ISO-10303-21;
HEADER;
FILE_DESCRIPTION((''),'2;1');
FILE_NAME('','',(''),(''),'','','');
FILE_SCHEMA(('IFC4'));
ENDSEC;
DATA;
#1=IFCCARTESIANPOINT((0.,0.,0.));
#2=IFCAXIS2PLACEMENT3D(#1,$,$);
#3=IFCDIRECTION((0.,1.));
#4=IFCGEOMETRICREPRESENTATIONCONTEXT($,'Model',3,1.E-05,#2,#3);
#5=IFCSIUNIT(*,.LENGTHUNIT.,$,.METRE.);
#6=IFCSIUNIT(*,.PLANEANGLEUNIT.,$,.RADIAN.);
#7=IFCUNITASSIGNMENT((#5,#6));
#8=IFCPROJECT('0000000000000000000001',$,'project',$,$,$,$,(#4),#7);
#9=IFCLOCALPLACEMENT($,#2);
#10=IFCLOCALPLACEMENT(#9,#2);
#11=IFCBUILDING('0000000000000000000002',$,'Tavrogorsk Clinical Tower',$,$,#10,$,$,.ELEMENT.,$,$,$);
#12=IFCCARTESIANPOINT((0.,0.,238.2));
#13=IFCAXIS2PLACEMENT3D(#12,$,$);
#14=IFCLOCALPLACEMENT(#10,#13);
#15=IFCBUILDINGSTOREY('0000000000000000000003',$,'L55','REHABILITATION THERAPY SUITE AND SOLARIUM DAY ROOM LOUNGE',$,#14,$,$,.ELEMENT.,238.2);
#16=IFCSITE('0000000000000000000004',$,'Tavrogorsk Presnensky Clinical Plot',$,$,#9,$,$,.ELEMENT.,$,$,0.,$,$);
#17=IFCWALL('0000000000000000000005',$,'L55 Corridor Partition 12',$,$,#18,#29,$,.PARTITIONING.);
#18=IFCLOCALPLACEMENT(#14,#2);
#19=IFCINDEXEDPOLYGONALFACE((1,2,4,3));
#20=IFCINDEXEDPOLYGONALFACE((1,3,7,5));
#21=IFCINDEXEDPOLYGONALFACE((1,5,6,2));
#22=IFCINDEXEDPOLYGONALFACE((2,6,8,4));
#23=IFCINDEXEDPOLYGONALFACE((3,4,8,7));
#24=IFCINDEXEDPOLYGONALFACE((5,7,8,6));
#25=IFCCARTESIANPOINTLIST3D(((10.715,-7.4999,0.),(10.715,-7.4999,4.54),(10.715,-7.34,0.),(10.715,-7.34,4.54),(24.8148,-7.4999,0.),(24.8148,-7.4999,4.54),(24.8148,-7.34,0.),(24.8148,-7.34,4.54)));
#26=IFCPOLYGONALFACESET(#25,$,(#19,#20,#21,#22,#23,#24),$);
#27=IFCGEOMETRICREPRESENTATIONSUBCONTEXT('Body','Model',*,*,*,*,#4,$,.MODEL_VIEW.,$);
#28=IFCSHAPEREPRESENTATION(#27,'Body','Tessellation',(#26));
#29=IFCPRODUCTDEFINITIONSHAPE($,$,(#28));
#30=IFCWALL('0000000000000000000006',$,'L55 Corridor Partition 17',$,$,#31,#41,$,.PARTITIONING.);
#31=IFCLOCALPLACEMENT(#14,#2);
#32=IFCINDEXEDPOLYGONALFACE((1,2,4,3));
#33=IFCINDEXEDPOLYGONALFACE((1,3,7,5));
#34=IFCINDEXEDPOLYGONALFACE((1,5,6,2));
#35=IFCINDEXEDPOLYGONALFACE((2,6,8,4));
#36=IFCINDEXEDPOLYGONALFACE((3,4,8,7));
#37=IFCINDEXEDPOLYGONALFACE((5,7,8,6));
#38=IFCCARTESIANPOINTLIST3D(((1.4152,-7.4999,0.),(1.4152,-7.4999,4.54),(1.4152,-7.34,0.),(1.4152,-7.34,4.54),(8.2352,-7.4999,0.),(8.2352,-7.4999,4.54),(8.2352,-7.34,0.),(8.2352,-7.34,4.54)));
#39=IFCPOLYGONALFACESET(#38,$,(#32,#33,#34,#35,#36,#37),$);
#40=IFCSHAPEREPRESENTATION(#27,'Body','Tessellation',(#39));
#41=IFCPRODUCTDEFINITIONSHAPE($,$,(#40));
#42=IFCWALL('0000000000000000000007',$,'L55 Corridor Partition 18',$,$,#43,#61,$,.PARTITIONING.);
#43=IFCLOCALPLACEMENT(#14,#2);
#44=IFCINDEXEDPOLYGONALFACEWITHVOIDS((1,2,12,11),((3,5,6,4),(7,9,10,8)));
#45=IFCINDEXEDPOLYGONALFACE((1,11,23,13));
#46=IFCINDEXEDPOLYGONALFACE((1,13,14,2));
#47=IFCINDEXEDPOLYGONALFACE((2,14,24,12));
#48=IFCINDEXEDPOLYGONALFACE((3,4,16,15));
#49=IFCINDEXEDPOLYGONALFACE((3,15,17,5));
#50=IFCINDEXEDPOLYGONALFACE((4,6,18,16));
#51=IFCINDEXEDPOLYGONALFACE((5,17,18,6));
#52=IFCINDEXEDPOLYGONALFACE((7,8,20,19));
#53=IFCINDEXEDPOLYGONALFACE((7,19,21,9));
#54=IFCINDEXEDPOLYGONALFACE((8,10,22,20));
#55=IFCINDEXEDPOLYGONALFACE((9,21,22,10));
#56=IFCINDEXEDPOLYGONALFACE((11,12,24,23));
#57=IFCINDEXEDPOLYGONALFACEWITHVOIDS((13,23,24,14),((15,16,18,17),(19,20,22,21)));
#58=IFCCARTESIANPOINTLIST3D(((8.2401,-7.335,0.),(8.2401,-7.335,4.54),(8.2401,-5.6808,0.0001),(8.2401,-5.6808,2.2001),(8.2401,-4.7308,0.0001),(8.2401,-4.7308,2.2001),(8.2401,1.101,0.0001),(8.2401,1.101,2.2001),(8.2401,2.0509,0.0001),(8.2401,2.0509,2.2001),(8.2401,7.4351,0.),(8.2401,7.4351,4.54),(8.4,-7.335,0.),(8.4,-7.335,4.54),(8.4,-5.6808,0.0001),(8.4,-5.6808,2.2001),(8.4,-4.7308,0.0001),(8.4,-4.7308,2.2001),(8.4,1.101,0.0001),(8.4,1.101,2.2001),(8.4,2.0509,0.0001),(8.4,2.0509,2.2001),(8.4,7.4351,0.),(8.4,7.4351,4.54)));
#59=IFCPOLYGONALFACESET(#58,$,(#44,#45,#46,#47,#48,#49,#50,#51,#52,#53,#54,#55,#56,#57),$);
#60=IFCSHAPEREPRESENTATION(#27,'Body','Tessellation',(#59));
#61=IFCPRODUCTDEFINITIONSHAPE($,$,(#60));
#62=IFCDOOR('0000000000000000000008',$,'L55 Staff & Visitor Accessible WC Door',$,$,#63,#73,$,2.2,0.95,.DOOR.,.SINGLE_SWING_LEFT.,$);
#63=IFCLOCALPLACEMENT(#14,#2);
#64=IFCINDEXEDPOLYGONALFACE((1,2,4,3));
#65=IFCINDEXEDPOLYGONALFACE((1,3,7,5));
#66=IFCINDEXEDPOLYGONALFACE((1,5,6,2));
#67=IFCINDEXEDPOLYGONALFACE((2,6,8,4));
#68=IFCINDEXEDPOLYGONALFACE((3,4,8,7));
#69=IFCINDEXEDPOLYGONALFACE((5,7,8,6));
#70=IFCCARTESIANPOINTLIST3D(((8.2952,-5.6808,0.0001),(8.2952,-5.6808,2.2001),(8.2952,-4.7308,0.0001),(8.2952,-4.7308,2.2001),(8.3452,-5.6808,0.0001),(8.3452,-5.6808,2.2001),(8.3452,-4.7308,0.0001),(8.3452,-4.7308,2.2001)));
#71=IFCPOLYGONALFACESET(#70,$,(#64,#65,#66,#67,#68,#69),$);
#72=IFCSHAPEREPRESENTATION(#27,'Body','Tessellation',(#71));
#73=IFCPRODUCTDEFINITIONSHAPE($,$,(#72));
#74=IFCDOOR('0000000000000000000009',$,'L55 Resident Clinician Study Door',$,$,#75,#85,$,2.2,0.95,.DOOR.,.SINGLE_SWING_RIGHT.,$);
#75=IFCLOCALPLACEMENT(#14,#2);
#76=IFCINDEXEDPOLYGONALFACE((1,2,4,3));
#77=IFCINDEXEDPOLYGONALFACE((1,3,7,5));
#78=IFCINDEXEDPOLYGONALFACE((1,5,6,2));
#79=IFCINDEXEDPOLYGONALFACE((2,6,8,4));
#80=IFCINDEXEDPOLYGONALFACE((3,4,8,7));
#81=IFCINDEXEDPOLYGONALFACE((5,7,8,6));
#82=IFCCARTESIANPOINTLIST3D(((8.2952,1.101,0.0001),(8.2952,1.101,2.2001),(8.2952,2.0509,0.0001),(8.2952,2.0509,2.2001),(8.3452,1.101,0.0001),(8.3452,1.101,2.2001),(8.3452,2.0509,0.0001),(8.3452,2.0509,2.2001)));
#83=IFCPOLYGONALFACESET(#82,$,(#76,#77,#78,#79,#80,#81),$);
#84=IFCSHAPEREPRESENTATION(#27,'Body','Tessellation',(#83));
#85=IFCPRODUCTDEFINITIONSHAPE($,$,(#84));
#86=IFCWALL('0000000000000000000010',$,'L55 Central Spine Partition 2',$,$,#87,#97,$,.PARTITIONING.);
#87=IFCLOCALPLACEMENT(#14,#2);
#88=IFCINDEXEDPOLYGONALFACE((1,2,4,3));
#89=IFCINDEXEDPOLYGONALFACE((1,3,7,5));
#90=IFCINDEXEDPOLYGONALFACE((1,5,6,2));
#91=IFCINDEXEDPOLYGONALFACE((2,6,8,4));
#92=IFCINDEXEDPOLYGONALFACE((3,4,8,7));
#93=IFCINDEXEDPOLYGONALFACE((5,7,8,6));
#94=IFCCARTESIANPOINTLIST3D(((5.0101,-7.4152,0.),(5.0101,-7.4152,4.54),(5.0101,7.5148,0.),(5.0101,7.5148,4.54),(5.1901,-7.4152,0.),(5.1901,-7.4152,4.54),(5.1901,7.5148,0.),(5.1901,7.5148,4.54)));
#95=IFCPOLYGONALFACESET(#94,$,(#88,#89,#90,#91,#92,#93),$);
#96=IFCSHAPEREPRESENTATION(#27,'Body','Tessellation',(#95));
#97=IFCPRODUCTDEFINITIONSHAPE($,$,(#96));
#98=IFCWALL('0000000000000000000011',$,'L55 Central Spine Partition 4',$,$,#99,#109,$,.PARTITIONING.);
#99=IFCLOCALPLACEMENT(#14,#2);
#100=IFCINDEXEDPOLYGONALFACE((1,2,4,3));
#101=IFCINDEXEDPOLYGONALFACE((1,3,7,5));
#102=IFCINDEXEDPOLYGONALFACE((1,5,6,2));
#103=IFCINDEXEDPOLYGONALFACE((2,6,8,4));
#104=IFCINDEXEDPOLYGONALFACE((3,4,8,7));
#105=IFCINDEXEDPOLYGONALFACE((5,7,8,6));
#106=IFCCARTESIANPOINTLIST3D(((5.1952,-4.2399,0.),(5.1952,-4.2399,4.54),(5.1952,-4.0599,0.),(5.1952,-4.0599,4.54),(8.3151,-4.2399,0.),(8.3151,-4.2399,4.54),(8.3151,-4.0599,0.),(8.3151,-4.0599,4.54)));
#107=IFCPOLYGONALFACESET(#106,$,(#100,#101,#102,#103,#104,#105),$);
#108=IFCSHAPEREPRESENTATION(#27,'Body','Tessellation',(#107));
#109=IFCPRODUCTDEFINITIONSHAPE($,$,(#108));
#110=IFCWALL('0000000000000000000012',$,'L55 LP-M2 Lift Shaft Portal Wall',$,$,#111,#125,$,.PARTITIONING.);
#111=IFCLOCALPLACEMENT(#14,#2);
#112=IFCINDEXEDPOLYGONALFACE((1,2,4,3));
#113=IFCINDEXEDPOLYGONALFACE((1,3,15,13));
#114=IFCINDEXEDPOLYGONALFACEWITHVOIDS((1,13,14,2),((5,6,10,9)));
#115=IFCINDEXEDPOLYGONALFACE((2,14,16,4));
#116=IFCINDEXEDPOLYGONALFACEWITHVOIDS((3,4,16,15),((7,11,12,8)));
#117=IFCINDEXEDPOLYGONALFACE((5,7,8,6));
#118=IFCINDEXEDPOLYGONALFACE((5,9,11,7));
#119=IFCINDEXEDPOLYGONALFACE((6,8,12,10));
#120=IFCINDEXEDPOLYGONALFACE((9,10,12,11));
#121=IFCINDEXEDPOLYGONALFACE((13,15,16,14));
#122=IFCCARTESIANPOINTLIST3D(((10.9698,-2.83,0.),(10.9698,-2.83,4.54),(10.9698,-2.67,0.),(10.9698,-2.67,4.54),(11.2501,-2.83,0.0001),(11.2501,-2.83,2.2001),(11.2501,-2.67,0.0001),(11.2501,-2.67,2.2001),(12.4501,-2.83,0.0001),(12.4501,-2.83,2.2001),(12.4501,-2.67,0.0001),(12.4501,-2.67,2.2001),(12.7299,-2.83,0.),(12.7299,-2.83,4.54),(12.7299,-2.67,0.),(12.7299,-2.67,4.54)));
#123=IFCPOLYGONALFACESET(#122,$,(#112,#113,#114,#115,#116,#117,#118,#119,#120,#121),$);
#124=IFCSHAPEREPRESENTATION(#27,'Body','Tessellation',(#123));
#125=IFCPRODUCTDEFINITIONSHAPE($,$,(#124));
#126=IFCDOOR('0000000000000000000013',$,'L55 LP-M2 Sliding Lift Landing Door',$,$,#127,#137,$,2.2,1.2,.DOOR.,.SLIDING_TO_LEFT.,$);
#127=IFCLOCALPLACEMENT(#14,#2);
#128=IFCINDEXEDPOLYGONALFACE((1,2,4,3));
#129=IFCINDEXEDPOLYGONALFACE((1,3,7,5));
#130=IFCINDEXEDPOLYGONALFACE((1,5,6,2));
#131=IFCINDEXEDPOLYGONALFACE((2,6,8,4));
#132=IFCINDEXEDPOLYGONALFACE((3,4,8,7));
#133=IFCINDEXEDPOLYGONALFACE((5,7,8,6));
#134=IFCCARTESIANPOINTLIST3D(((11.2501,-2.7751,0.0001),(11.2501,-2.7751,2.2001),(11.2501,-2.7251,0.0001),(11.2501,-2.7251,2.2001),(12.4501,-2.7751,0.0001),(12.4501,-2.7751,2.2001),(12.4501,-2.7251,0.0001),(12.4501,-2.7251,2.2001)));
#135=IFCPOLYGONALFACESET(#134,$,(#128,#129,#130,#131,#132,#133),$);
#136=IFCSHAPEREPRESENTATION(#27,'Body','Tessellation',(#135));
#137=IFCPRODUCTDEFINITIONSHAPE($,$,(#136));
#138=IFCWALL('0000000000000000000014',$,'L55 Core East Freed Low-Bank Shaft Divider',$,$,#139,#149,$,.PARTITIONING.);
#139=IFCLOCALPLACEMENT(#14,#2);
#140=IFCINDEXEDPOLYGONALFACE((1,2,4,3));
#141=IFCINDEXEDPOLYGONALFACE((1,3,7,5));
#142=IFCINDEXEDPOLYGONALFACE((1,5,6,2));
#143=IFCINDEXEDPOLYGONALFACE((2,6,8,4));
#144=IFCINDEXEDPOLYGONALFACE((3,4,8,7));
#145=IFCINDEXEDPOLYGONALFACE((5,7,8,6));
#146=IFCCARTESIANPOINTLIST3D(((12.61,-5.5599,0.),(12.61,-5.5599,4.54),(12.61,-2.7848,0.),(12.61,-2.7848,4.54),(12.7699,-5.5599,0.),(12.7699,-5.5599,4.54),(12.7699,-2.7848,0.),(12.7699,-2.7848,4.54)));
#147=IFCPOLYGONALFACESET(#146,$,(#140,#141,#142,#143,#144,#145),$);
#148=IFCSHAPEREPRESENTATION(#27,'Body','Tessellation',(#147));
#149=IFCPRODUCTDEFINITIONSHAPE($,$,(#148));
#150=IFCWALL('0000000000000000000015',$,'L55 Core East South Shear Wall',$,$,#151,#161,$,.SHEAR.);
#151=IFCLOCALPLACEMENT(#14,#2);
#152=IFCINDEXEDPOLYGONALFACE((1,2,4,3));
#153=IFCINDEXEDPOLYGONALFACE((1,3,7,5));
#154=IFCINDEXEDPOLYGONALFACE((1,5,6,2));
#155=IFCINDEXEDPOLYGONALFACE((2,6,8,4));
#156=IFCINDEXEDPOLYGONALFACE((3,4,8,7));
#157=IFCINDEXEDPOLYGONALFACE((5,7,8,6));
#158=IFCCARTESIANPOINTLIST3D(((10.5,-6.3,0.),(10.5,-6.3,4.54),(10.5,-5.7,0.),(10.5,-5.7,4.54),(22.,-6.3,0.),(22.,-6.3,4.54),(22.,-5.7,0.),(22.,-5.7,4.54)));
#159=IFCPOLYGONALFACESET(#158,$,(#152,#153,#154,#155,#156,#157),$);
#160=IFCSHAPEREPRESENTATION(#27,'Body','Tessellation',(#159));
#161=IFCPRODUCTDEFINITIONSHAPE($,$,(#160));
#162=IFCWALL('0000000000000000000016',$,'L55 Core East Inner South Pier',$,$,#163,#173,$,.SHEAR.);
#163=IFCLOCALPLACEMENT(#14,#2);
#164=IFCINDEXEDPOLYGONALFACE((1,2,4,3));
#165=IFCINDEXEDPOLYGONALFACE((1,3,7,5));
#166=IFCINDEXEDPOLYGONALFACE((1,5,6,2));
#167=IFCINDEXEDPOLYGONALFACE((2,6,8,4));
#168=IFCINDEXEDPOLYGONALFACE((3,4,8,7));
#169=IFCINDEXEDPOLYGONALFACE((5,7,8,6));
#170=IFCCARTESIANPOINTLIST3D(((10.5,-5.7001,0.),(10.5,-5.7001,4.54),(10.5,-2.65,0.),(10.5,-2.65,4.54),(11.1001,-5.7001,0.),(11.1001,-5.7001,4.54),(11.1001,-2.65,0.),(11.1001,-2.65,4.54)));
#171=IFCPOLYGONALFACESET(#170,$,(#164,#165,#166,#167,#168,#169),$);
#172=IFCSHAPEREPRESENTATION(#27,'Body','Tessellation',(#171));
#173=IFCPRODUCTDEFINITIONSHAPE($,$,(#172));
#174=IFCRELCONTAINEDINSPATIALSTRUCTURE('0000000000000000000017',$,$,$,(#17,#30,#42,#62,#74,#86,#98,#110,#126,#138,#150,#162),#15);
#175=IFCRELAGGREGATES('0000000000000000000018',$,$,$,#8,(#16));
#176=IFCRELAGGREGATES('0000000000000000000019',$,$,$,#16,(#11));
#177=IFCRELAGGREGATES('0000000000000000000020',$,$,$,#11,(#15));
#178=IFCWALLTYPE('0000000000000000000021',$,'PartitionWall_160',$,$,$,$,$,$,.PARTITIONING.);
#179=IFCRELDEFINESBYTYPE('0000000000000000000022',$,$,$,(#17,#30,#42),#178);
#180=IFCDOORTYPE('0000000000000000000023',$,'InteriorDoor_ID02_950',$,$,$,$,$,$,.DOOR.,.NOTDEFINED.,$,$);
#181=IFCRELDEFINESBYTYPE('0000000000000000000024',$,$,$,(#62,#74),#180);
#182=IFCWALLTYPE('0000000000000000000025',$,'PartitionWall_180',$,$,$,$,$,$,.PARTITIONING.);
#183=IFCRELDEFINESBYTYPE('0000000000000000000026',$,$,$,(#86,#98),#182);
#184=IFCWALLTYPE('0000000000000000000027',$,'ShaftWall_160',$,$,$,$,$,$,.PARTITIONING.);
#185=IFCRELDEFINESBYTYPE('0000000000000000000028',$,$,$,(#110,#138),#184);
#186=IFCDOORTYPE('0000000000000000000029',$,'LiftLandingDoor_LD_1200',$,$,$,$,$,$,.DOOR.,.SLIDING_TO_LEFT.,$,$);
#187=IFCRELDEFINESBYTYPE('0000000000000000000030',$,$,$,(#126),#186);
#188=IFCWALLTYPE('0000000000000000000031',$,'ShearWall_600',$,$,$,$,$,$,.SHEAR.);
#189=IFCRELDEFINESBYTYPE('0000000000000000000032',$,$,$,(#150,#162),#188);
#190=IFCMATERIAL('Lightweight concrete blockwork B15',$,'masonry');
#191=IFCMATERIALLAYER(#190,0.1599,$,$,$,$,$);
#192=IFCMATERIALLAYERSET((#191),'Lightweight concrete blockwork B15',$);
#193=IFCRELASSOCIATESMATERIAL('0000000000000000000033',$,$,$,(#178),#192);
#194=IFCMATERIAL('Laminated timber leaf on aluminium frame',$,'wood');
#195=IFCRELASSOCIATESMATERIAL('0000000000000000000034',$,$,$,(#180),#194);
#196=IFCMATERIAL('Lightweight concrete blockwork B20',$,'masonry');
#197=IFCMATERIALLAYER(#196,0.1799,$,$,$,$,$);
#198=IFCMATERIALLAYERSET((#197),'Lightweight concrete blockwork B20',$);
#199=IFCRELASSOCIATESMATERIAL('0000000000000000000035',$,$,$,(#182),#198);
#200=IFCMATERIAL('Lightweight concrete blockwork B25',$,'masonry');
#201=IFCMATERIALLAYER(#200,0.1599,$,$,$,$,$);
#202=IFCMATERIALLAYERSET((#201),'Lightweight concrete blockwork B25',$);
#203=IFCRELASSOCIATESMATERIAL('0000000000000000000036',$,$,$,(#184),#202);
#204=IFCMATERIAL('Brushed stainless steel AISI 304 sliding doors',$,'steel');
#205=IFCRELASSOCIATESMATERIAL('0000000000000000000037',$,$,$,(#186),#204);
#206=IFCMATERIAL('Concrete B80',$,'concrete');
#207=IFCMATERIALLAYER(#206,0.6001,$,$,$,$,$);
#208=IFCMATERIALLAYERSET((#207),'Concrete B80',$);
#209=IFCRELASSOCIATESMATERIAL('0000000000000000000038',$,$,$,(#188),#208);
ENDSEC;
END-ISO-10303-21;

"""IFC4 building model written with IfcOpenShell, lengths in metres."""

from ifc_helpers import new_model, si_unit, direction, frame, frame_2d, origin, place, context, subcontext, project, spatial, rectangle, extrude, material, layer, layer_set, type_object, element, fill, save


model = new_model("IFC4")

# Units and contexts
model_context = context("Model", 3, precision=1e-05, world=origin(), true_north=direction((0.0, 1.0)))
body_context = subcontext(model_context, "Body", "Model", "MODEL_VIEW")
ifc_project = project(units=[si_unit("LENGTHUNIT", "METRE"), si_unit("PLANEANGLEUNIT", "RADIAN")], contexts=[model_context])

# Site, building, storey
site_placement = place(None, origin())
site = spatial("IfcSite", under=ifc_project, at=site_placement, Name="Tavrogorsk Presnensky Clinical Plot", CompositionType="ELEMENT", RefElevation=0.0)
building_placement = place(site_placement, origin())
building = spatial("IfcBuilding", under=site, at=building_placement, Name="Tavrogorsk Clinical Tower", CompositionType="ELEMENT")
storey_placement = place(building_placement, frame((0.0, 0.0, 238.2)))
storey = spatial("IfcBuildingStorey", under=building, at=storey_placement, Name="L55", Description="REHABILITATION THERAPY SUITE AND SOLARIUM DAY ROOM LOUNGE", CompositionType="ELEMENT", Elevation=238.2)

# Walls
ifc_material_1 = material(Name="Lightweight concrete blockwork B15", Category="masonry")
ifc_layer_1 = layer(ifc_material_1, 0.1599)
ifc_layer_set_1 = layer_set([ifc_layer_1], Name="Lightweight concrete blockwork B15")
wall_type_1 = type_object("IfcWallType", Name="PartitionWall_160", PredefinedType="PARTITIONING", material=ifc_layer_set_1)
wall_1_placement = place(storey_placement, frame((10.7151, -7.4199, 0.0), z_axis=(0.0, 0.0, 1.0), x_axis=(1.0, 0.0, 0.0)))
element("IfcWall", 1, at=wall_1_placement, inside=storey, type_object=wall_type_1, Name="L55 Corridor Partition 12", PredefinedType="PARTITIONING", context=body_context, shape_type="SweptSolid", body=[
    extrude(rectangle(XDim=14.0999, YDim=0.1599, at=frame_2d((7.0498, 0.0))), origin(), (0.0, 0.0, 1.0), 4.54),
])
wall_2_placement = place(storey_placement, frame((1.415, -7.4199, 0.0), z_axis=(0.0, 0.0, 1.0), x_axis=(1.0, 0.0, 0.0)))
element("IfcWall", 2, at=wall_2_placement, inside=storey, type_object=wall_type_1, Name="L55 Corridor Partition 17", PredefinedType="PARTITIONING", context=body_context, shape_type="SweptSolid", body=[
    extrude(rectangle(XDim=6.8201, YDim=0.1599, at=frame_2d((3.4102, 0.0))), origin(), (0.0, 0.0, 1.0), 4.54),
])

# Wall, openings, doors
wall_3_placement = place(storey_placement, frame((8.3201, -7.335, 0.0), z_axis=(0.0, 0.0, 1.0), x_axis=(0.0, 1.0, 0.0)))
wall_3 = element("IfcWall", 3, at=wall_3_placement, inside=storey, type_object=wall_type_1, Name="L55 Corridor Partition 18", PredefinedType="PARTITIONING", context=body_context, shape_type="SweptSolid", body=[
    extrude(rectangle(XDim=14.77, YDim=0.1599, at=frame_2d((7.385, 0.0))), origin(), (0.0, 0.0, 1.0), 4.54),
])
opening_1_placement = place(wall_3_placement, frame((1.6541, 0.0, 0.0)))
opening_1 = element("IfcOpeningElement", 4, at=opening_1_placement, cuts=wall_3, PredefinedType="OPENING", context=body_context, shape_type="SweptSolid", body=[
    extrude(rectangle(XDim=0.95, YDim=2.2, at=frame_2d((0.4751, 1.1001))), frame((0.0, 0.0898, 0.0), z_axis=(0.0, -1.0, 0.0), x_axis=(1.0, 0.0, 0.0)), (0.0, 0.0, 1.0), 0.1799),
])
opening_2_placement = place(wall_3_placement, frame((8.4358, 0.0, 0.0)))
opening_2 = element("IfcOpeningElement", 5, at=opening_2_placement, cuts=wall_3, PredefinedType="OPENING", context=body_context, shape_type="SweptSolid", body=[
    extrude(rectangle(XDim=0.95, YDim=2.2, at=frame_2d((0.4751, 1.1001))), frame((0.0, 0.0898, 0.0), z_axis=(0.0, -1.0, 0.0), x_axis=(1.0, 0.0, 0.0)), (0.0, 0.0, 1.0), 0.1799),
])
ifc_material_2 = material(Name="Laminated timber leaf on aluminium frame", Category="wood")
door_type_1 = type_object("IfcDoorType", Name="InteriorDoor_ID02_950", OperationType="NOTDEFINED", PredefinedType="DOOR", material=ifc_material_2)
door_1_placement = place(opening_1_placement, origin())
door_1 = element("IfcDoor", 6, at=door_1_placement, inside=storey, type_object=door_type_1, Name="L55 Staff & Visitor Accessible WC Door", OperationType="SINGLE_SWING_LEFT", OverallHeight=2.2, OverallWidth=0.95, PredefinedType="DOOR", context=body_context, shape_type="SweptSolid", body=[
    extrude(rectangle(XDim=0.95, YDim=2.2, at=frame_2d((0.4751, 1.1001))), frame((0.0, 0.0249, 0.0), z_axis=(0.0, -1.0, 0.0), x_axis=(1.0, 0.0, 0.0)), (0.0, 0.0, 1.0), 0.05),
])
fill(opening_1, door_1)
door_2_placement = place(opening_2_placement, origin())
door_2 = element("IfcDoor", 7, at=door_2_placement, inside=storey, type_object=door_type_1, Name="L55 Resident Clinician Study Door", OperationType="SINGLE_SWING_RIGHT", OverallHeight=2.2, OverallWidth=0.95, PredefinedType="DOOR", context=body_context, shape_type="SweptSolid", body=[
    extrude(rectangle(XDim=0.95, YDim=2.2, at=frame_2d((0.4751, 1.1001))), frame((0.0, 0.0249, 0.0), z_axis=(0.0, -1.0, 0.0), x_axis=(1.0, 0.0, 0.0)), (0.0, 0.0, 1.0), 0.05),
])
fill(opening_2, door_2)

# Walls
ifc_material_3 = material(Name="Lightweight concrete blockwork B20", Category="masonry")
ifc_layer_2 = layer(ifc_material_3, 0.1799)
ifc_layer_set_2 = layer_set([ifc_layer_2], Name="Lightweight concrete blockwork B20")
wall_type_2 = type_object("IfcWallType", Name="PartitionWall_180", PredefinedType="PARTITIONING", material=ifc_layer_set_2)
wall_4_placement = place(storey_placement, frame((5.1001, -7.415, 0.0), z_axis=(0.0, 0.0, 1.0), x_axis=(0.0, 1.0, 0.0)))
element("IfcWall", 8, at=wall_4_placement, inside=storey, type_object=wall_type_2, Name="L55 Central Spine Partition 2", PredefinedType="PARTITIONING", context=body_context, shape_type="SweptSolid", body=[
    extrude(rectangle(XDim=14.9299, YDim=0.1799, at=frame_2d((7.4648, 0.0))), origin(), (0.0, 0.0, 1.0), 4.54),
])
wall_5_placement = place(storey_placement, frame((5.1951, -4.1499, 0.0), z_axis=(0.0, 0.0, 1.0), x_axis=(1.0, 0.0, 0.0)))
element("IfcWall", 9, at=wall_5_placement, inside=storey, type_object=wall_type_2, Name="L55 Central Spine Partition 4", PredefinedType="PARTITIONING", context=body_context, shape_type="SweptSolid", body=[
    extrude(rectangle(XDim=3.1199, YDim=0.1799, at=frame_2d((1.5601, 0.0))), origin(), (0.0, 0.0, 1.0), 4.54),
])

# Wall, opening, door
ifc_material_4 = material(Name="Lightweight concrete blockwork B25", Category="masonry")
ifc_layer_3 = layer(ifc_material_4, 0.1599)
ifc_layer_set_3 = layer_set([ifc_layer_3], Name="Lightweight concrete blockwork B25")
wall_type_3 = type_object("IfcWallType", Name="ShaftWall_160", PredefinedType="PARTITIONING", material=ifc_layer_set_3)
wall_6_placement = place(storey_placement, frame((10.97, -2.75, 0.0), z_axis=(0.0, 0.0, 1.0), x_axis=(1.0, 0.0, 0.0)))
wall_6 = element("IfcWall", 10, at=wall_6_placement, inside=storey, type_object=wall_type_3, Name="L55 LP-M2 Lift Shaft Portal Wall", PredefinedType="PARTITIONING", context=body_context, shape_type="SweptSolid", body=[
    extrude(rectangle(XDim=1.76, YDim=0.1599, at=frame_2d((0.8799, 0.0))), origin(), (0.0, 0.0, 1.0), 4.54),
])
opening_3_placement = place(wall_6_placement, frame((0.28, 0.0, 0.0)))
opening_3 = element("IfcOpeningElement", 11, at=opening_3_placement, cuts=wall_6, PredefinedType="OPENING", context=body_context, shape_type="SweptSolid", body=[
    extrude(rectangle(XDim=1.2, YDim=2.2, at=frame_2d((0.6001, 1.1001))), frame((0.0, 0.0898, 0.0), z_axis=(0.0, -1.0, 0.0), x_axis=(1.0, 0.0, 0.0)), (0.0, 0.0, 1.0), 0.1799),
])
ifc_material_5 = material(Name="Brushed stainless steel AISI 304 sliding doors", Category="steel")
door_type_2 = type_object("IfcDoorType", Name="LiftLandingDoor_LD_1200", OperationType="SLIDING_TO_LEFT", PredefinedType="DOOR", material=ifc_material_5)
door_3_placement = place(opening_3_placement, origin())
door_3 = element("IfcDoor", 12, at=door_3_placement, inside=storey, type_object=door_type_2, Name="L55 LP-M2 Sliding Lift Landing Door", OperationType="SLIDING_TO_LEFT", OverallHeight=2.2, OverallWidth=1.2, PredefinedType="DOOR", context=body_context, shape_type="SweptSolid", body=[
    extrude(rectangle(XDim=1.2, YDim=2.2, at=frame_2d((0.6001, 1.1001))), frame((0.0, 0.0249, 0.0), z_axis=(0.0, -1.0, 0.0), x_axis=(1.0, 0.0, 0.0)), (0.0, 0.0, 1.0), 0.05),
])
fill(opening_3, door_3)

# Walls
wall_7_placement = place(storey_placement, frame((12.6899, -5.5601, 0.0), z_axis=(0.0, 0.0, 1.0), x_axis=(0.0, 1.0, 0.0)))
element("IfcWall", 13, at=wall_7_placement, inside=storey, type_object=wall_type_3, Name="L55 Core East Freed Low-Bank Shaft Divider", PredefinedType="PARTITIONING", context=body_context, shape_type="SweptSolid", body=[
    extrude(rectangle(XDim=2.7751, YDim=0.1599, at=frame_2d((1.3877, 0.0))), origin(), (0.0, 0.0, 1.0), 4.54),
])
ifc_material_6 = material(Name="Concrete B80", Category="concrete")
ifc_layer_4 = layer(ifc_material_6, 0.6001)
ifc_layer_set_4 = layer_set([ifc_layer_4], Name="Concrete B80")
wall_type_4 = type_object("IfcWallType", Name="ShearWall_600", PredefinedType="SHEAR", material=ifc_layer_set_4)
wall_8_placement = place(storey_placement, frame((10.5, -6.0, 0.0), z_axis=(0.0, 0.0, 1.0), x_axis=(1.0, 0.0, 0.0)))
element("IfcWall", 14, at=wall_8_placement, inside=storey, type_object=wall_type_4, Name="L55 Core East South Shear Wall", PredefinedType="SHEAR", context=body_context, shape_type="SweptSolid", body=[
    extrude(rectangle(XDim=11.5, YDim=0.6001, at=frame_2d((5.75, 0.0))), origin(), (0.0, 0.0, 1.0), 4.54),
])
wall_9_placement = place(storey_placement, frame((10.8, -5.7, 0.0), z_axis=(0.0, 0.0, 1.0), x_axis=(0.0, 1.0, 0.0)))
element("IfcWall", 15, at=wall_9_placement, inside=storey, type_object=wall_type_4, Name="L55 Core East Inner South Pier", PredefinedType="SHEAR", context=body_context, shape_type="SweptSolid", body=[
    extrude(rectangle(XDim=3.05, YDim=0.6001, at=frame_2d((1.5249, 0.0))), origin(), (0.0, 0.0, 1.0), 4.54),
])

save(model, "model.ifc")
